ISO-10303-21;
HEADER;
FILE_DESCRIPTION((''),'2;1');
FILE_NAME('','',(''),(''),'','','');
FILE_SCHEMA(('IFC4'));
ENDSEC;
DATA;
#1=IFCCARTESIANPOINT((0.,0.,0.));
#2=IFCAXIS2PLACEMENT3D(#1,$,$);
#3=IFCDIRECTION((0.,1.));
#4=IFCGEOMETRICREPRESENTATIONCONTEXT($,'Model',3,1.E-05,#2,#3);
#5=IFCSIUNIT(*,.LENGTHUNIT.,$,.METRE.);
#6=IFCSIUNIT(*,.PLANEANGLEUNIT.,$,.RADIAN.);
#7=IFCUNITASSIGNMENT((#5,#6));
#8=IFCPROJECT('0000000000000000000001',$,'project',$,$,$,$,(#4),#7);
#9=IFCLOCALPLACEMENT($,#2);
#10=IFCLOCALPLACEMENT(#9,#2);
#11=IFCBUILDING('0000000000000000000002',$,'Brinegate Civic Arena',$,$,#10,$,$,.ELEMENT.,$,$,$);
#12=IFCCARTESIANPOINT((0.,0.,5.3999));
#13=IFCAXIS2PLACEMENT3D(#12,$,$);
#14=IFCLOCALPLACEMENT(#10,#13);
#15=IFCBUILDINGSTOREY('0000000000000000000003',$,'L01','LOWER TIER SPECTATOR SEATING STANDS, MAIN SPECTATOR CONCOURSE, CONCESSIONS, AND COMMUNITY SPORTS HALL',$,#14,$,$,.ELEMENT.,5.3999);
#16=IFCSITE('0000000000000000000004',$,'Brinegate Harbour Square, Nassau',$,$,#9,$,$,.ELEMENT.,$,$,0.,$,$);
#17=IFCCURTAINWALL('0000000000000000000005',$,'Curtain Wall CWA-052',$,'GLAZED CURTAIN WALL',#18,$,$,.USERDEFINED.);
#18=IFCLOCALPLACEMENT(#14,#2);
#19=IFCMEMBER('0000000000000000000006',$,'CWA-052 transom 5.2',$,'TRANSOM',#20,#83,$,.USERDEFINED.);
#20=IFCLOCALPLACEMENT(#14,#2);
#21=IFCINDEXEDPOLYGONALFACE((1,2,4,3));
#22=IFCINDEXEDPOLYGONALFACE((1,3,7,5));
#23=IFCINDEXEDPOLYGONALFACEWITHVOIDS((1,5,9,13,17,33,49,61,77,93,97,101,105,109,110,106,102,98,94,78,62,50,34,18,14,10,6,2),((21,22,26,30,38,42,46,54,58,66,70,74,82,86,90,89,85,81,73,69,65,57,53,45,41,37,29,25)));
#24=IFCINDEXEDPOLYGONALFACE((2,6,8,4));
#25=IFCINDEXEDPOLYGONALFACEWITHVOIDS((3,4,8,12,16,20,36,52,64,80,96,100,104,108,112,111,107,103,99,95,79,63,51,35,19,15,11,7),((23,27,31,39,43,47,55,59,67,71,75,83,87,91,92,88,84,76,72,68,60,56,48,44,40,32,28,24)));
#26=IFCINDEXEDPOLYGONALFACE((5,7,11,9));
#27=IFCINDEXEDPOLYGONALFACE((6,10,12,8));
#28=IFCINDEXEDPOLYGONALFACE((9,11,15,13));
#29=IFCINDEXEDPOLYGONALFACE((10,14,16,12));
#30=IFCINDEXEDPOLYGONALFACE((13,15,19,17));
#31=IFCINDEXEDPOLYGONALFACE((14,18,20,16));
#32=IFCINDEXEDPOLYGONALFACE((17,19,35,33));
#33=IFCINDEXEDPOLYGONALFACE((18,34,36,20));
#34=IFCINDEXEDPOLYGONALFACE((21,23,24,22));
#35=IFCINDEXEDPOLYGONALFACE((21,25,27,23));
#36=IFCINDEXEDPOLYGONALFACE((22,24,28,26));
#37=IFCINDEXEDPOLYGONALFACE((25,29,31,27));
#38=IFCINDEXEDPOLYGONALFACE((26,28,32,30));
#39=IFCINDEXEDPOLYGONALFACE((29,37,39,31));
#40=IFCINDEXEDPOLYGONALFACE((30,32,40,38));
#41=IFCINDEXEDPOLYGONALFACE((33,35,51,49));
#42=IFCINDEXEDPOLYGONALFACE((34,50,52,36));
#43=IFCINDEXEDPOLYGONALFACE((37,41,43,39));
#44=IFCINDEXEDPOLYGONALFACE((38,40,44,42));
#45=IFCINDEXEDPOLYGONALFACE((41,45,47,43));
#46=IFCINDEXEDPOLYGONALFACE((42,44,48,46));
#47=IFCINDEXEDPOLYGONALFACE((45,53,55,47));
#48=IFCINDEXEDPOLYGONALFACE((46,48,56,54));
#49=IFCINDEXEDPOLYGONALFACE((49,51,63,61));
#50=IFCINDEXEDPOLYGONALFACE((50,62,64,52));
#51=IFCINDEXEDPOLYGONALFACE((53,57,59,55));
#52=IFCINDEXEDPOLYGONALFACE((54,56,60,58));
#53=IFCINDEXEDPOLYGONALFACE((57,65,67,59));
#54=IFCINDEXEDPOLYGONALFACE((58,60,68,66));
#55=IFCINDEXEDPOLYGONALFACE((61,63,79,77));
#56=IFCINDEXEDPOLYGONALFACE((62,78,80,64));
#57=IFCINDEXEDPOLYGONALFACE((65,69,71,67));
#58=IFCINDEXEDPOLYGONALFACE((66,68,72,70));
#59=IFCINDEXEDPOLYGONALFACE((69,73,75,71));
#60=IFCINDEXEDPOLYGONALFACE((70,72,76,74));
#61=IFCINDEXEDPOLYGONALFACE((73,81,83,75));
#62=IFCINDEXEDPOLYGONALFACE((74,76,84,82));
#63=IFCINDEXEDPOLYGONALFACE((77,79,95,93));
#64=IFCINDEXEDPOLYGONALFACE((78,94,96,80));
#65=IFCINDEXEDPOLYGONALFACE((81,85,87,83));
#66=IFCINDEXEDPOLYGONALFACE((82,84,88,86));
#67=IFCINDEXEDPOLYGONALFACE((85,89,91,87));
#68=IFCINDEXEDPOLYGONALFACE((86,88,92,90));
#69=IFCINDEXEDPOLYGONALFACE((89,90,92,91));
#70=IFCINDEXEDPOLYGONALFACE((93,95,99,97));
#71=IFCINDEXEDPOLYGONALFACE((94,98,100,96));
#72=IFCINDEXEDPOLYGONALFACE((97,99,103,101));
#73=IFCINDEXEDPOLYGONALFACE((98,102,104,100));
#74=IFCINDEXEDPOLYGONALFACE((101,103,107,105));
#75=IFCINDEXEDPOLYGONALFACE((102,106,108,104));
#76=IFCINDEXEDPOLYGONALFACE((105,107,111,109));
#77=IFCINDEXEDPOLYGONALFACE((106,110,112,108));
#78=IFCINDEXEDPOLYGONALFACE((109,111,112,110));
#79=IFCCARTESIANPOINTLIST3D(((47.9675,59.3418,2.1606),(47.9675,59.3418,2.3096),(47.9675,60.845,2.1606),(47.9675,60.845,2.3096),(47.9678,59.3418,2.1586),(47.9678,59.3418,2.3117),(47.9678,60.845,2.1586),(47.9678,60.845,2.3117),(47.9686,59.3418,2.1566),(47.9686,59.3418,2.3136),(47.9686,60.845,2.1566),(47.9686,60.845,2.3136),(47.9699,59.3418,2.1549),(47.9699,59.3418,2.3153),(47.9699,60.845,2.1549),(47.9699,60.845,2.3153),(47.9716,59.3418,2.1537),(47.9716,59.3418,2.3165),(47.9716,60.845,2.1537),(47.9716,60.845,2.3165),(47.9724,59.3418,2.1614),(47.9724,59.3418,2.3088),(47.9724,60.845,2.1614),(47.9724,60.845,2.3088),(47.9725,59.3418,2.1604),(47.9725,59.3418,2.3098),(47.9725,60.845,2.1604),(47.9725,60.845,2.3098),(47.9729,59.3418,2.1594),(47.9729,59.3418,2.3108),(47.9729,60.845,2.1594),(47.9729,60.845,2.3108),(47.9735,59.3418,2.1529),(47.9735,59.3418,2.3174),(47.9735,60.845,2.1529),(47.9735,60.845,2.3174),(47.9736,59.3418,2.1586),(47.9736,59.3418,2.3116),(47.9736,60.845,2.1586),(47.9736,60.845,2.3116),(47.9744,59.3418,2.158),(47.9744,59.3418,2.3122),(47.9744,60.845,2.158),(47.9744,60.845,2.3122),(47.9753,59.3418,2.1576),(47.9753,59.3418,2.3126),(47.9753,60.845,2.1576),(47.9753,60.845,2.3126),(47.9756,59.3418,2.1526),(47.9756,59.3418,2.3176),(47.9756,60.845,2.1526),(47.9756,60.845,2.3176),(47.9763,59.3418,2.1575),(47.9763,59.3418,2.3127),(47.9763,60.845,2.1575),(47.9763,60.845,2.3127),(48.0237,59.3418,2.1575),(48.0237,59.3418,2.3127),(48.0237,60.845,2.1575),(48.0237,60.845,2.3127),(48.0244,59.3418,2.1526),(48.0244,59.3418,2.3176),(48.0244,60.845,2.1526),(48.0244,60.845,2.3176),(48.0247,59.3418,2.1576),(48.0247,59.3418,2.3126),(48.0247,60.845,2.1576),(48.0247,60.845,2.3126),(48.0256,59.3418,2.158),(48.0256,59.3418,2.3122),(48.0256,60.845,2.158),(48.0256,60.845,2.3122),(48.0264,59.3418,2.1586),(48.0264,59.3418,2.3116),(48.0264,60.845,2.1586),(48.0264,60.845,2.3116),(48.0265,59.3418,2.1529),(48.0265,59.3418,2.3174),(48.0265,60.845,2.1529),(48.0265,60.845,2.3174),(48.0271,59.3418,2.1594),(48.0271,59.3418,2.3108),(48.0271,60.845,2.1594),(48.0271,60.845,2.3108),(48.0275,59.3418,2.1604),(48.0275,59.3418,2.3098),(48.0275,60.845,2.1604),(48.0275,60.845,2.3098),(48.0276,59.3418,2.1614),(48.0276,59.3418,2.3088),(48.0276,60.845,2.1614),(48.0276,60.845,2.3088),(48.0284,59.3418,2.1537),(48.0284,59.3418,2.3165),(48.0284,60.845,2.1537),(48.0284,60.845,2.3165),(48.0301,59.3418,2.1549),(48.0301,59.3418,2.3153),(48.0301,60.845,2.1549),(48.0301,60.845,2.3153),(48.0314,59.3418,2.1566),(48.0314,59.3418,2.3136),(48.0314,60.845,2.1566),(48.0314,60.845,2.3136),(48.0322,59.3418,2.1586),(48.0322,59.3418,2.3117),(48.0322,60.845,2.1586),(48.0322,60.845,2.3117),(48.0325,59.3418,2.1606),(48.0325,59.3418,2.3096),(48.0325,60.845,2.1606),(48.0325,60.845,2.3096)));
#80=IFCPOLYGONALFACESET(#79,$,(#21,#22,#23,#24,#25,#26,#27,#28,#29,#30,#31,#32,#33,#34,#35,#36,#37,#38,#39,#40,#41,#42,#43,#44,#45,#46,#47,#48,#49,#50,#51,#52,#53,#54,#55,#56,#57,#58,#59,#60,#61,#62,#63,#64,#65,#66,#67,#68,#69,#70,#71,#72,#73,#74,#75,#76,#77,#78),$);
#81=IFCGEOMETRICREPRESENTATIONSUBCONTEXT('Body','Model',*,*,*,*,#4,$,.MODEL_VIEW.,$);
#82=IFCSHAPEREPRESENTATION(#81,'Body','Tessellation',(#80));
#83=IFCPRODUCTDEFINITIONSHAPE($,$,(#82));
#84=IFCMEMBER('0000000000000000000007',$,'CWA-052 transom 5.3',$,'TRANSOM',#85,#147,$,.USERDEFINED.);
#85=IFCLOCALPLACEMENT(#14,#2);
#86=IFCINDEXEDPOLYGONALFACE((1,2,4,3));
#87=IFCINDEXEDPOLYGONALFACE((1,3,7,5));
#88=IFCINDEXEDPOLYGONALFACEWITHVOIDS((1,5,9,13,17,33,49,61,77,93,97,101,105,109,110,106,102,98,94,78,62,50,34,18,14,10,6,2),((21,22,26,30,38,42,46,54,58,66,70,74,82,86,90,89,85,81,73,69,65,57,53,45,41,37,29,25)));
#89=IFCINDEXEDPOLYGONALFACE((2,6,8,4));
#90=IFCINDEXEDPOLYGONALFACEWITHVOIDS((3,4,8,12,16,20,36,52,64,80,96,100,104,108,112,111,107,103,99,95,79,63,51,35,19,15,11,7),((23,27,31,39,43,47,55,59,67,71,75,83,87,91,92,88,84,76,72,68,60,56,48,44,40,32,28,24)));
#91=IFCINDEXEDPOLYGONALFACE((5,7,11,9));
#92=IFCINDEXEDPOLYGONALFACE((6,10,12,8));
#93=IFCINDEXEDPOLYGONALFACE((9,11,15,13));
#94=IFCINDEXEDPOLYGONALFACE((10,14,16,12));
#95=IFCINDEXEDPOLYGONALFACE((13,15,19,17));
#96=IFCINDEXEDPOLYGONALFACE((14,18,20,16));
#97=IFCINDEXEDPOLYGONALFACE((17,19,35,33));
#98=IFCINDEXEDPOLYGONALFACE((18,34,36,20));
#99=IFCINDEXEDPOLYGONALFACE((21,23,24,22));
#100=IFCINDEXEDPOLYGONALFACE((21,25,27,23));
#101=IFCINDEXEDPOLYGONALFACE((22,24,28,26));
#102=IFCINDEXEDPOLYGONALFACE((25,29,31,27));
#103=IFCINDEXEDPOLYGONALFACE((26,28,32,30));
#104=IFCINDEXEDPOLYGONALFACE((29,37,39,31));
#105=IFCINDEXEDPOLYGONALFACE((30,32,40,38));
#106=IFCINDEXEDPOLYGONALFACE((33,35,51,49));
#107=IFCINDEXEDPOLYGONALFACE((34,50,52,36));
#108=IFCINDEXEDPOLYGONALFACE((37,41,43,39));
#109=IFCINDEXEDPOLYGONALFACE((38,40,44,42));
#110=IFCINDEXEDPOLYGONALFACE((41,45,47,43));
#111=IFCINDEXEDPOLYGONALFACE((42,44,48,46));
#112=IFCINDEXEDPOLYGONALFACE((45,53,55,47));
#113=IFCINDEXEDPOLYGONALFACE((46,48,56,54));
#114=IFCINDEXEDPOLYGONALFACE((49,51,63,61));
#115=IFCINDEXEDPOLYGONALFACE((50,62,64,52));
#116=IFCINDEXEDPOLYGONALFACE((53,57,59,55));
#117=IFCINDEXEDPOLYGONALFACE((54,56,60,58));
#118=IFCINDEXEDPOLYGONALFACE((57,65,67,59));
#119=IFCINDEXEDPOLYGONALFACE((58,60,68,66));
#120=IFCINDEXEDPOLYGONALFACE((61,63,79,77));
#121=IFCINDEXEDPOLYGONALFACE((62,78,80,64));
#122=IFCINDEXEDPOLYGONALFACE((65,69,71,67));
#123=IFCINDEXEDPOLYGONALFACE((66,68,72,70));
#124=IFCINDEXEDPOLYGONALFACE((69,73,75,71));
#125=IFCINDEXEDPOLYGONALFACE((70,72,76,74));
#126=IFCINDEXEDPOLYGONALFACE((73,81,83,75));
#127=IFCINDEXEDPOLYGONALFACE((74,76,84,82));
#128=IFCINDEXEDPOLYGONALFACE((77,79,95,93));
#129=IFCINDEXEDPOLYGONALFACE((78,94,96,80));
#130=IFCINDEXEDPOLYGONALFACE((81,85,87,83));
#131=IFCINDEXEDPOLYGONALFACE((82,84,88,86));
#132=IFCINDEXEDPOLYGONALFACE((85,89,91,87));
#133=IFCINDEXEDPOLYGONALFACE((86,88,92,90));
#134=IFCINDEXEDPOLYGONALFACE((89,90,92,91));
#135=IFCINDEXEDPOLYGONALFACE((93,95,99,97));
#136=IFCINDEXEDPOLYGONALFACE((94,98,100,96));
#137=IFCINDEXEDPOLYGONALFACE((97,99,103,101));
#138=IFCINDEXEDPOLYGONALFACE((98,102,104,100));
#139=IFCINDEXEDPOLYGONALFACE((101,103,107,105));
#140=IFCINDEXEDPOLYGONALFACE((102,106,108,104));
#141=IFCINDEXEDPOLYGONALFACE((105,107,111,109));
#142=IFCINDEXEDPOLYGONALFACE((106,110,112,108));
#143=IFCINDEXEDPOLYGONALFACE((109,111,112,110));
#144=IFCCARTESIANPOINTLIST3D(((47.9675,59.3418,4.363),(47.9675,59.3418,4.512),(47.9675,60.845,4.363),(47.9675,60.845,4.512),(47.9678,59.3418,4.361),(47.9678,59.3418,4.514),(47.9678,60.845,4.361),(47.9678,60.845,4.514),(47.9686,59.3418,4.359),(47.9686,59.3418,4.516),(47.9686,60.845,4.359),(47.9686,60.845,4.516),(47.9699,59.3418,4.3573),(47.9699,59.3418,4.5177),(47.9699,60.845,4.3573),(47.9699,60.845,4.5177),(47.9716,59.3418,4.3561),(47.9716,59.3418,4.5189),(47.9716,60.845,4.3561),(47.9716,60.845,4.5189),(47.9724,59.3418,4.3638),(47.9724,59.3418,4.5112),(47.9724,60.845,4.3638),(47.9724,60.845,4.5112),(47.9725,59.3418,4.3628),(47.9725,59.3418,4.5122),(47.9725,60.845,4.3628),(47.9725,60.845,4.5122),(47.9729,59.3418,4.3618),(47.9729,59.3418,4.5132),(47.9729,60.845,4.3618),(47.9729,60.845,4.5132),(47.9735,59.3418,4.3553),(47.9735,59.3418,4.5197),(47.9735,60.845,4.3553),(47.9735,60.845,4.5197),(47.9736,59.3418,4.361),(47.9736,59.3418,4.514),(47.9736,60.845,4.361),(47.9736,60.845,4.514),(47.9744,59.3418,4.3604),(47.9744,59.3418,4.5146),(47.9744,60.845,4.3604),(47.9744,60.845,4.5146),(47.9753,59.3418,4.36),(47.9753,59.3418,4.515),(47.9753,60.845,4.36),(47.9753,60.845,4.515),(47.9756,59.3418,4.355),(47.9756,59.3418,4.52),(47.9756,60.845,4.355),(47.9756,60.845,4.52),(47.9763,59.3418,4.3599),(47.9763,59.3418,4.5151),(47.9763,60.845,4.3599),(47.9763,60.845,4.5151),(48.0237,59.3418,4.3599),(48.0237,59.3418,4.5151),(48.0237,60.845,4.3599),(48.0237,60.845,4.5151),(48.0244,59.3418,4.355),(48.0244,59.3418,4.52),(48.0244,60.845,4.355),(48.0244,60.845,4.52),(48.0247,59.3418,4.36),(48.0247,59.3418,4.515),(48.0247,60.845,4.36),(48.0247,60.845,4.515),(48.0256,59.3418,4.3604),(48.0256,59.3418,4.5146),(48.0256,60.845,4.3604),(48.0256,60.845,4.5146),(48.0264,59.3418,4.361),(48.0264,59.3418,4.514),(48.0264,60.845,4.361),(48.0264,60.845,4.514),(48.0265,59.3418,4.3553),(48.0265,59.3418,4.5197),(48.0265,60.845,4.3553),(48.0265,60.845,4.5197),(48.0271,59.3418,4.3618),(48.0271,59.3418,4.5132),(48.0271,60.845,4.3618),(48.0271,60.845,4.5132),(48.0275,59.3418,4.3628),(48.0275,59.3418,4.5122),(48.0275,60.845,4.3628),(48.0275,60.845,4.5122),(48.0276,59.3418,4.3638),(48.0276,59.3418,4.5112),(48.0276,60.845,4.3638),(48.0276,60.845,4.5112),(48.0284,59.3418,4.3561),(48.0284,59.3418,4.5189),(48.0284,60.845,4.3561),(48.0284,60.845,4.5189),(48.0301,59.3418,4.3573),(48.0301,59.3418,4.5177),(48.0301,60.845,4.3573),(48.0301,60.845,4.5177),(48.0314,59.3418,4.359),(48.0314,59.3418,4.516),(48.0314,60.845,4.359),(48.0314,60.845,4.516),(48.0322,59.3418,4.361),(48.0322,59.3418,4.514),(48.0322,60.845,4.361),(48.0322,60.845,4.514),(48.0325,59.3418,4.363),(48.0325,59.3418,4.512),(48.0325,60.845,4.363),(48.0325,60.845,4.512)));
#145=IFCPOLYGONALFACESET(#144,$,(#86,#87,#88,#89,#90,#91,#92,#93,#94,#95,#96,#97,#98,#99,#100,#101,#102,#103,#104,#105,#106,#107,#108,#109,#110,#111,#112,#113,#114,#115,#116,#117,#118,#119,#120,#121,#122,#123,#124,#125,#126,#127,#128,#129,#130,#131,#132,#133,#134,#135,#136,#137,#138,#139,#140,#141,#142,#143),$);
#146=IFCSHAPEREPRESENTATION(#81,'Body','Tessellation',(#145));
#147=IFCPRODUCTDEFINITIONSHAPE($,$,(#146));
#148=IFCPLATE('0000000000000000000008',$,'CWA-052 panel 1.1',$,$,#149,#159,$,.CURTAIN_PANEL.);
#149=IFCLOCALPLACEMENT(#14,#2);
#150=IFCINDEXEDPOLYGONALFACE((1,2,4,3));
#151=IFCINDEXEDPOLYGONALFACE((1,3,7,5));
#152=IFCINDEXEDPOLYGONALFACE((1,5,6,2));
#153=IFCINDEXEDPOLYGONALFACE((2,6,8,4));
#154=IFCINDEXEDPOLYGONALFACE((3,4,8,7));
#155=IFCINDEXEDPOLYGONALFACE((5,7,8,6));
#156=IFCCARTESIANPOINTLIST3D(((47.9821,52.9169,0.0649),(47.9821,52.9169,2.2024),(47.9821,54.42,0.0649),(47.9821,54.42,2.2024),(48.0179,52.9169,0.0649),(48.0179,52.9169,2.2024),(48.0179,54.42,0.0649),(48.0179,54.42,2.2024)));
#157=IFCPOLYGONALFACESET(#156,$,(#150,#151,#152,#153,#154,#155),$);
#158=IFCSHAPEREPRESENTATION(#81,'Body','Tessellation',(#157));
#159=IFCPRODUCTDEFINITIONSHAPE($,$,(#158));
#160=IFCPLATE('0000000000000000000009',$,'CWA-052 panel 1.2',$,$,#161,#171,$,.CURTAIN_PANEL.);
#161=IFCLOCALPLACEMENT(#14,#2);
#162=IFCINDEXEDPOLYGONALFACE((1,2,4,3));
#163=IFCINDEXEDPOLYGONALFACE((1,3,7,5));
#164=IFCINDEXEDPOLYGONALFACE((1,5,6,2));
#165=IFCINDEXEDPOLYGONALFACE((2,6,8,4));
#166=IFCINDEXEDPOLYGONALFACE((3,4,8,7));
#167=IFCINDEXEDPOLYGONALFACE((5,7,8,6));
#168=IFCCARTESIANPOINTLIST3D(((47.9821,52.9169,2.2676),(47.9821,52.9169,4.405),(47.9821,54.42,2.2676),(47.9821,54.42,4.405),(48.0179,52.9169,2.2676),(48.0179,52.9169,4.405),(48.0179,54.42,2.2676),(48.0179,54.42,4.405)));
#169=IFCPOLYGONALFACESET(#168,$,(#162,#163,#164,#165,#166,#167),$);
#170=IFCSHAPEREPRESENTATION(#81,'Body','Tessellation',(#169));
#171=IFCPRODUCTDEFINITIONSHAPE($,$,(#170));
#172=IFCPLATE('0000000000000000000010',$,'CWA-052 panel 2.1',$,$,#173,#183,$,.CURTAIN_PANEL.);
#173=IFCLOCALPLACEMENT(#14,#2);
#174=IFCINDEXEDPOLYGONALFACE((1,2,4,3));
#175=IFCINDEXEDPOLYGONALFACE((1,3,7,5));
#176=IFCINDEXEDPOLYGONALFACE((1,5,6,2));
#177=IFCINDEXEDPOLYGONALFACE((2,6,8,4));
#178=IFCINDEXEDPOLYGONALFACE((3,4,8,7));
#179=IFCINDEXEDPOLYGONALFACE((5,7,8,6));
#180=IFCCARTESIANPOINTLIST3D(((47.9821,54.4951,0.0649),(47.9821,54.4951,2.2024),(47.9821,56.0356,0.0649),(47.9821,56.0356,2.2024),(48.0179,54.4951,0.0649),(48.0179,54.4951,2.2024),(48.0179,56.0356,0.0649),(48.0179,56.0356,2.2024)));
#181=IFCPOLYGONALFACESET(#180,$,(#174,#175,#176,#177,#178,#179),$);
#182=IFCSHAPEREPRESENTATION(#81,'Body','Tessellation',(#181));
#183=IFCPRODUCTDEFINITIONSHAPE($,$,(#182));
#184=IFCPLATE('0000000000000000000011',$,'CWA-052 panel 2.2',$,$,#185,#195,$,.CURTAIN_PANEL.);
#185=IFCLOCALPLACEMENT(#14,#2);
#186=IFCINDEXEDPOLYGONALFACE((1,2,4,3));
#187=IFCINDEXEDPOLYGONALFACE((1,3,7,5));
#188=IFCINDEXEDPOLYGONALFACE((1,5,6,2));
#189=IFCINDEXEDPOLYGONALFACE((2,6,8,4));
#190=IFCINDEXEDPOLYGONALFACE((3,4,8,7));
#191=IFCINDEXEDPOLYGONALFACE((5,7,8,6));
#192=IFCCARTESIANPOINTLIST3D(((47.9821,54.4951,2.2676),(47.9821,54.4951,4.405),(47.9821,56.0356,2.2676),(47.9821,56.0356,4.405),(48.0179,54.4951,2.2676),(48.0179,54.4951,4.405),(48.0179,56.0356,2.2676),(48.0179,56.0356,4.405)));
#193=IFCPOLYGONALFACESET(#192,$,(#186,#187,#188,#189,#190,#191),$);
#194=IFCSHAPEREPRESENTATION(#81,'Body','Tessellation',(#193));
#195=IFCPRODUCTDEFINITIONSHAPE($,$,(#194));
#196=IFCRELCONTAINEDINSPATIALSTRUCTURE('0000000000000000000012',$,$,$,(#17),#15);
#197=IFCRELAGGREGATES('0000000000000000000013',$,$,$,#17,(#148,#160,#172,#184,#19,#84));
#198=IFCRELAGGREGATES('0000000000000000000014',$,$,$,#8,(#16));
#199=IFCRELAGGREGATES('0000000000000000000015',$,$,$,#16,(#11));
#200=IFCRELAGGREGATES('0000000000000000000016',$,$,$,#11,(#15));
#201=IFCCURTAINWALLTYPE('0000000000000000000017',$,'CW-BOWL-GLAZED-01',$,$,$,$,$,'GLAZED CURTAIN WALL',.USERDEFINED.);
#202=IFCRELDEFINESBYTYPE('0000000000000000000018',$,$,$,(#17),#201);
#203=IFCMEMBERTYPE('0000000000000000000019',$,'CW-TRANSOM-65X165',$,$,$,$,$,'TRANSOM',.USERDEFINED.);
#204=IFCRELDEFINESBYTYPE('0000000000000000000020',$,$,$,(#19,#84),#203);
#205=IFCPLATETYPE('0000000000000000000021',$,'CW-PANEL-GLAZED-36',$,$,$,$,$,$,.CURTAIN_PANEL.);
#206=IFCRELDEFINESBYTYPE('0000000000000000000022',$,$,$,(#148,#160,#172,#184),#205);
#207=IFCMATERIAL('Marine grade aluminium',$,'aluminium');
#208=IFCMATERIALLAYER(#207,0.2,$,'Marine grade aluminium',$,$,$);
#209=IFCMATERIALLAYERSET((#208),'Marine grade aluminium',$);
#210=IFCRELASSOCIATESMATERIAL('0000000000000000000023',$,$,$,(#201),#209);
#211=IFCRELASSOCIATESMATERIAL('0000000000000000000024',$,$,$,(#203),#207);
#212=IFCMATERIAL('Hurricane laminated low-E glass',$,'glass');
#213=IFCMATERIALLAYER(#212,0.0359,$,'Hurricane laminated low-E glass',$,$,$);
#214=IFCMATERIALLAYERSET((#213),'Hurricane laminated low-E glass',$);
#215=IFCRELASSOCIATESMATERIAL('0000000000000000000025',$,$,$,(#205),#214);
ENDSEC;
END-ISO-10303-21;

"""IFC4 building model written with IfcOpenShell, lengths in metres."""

from ifc_helpers import new_model, si_unit, direction, frame, origin, origin_2d, place, context, subcontext, project, spatial, rectangle, hollow_rectangle, extrude, material, layer, layer_set, material_profile, profile_set, type_object, element, aggregate, save


model = new_model("IFC4")

# Units and contexts
model_context = context("Model", 3, precision=1e-05, world=origin(), true_north=direction((0.0, 1.0)))
body_context = subcontext(model_context, "Body", "Model", "MODEL_VIEW")
ifc_project = project(units=[si_unit("LENGTHUNIT", "METRE"), si_unit("PLANEANGLEUNIT", "RADIAN")], contexts=[model_context])

# Site, building, storey
site_placement = place(None, origin())
site = spatial("IfcSite", under=ifc_project, at=site_placement, Name="Brinegate Harbour Square, Nassau", CompositionType="ELEMENT", RefElevation=0.0)
building_placement = place(site_placement, origin())
building = spatial("IfcBuilding", under=site, at=building_placement, Name="Brinegate Civic Arena", CompositionType="ELEMENT")
storey_placement = place(building_placement, frame((0.0, 0.0, 5.3999)))
storey = spatial("IfcBuildingStorey", under=building, at=storey_placement, Name="L01", Description="LOWER TIER SPECTATOR SEATING STANDS, MAIN SPECTATOR CONCOURSE, CONCESSIONS, AND COMMUNITY SPORTS HALL", CompositionType="ELEMENT", Elevation=5.3999)

# Curtain wall, members, plates
ifc_material_1 = material(Name="Marine grade aluminium", Category="aluminium")
ifc_layer_1 = layer(ifc_material_1, 0.2, Name="Marine grade aluminium")
ifc_layer_set_1 = layer_set([ifc_layer_1], Name="Marine grade aluminium")
curtain_wall_type = type_object("IfcCurtainWallType", Name="CW-BOWL-GLAZED-01", ElementType="GLAZED CURTAIN WALL", PredefinedType="USERDEFINED", material=ifc_layer_set_1)
curtain_wall_placement = place(storey_placement, origin())
curtain_wall = element("IfcCurtainWall", 1, at=curtain_wall_placement, inside=storey, type_object=curtain_wall_type, Name="Curtain Wall CWA-052", ObjectType="GLAZED CURTAIN WALL", PredefinedType="USERDEFINED")
ifc_material_profile_1 = material_profile(ifc_material_1, hollow_rectangle(XDim=0.0649, YDim=0.165, WallThickness=0.0049, InnerFilletRadius=0.0039, OuterFilletRadius=0.0081, at=origin_2d()), Name="TRN65X165")
ifc_profile_set_1 = profile_set([ifc_material_profile_1], Name="Marine grade aluminium")
member_type_1 = type_object("IfcMemberType", Name="CW-TRANSOM-65X165", ElementType="TRANSOM", PredefinedType="USERDEFINED", material=ifc_profile_set_1)
member_1_placement = place(storey_placement, frame((48.0, 59.3418, 2.2351), z_axis=(0.0, 1.0, 0.0), x_axis=(-1.0, 0.0, 0.0)))
member_1 = element("IfcMember", 2, at=member_1_placement, type_object=member_type_1, Name="CWA-052 transom 5.2", ObjectType="TRANSOM", PredefinedType="USERDEFINED", context=body_context, shape_type="SweptSolid", body=[
    extrude(hollow_rectangle(XDim=0.0649, YDim=0.165, WallThickness=0.0049, InnerFilletRadius=0.0039, OuterFilletRadius=0.0081, at=origin_2d()), origin(), (0.0, 0.0, 1.0), 1.5032),
])
member_2_placement = place(storey_placement, frame((48.0, 59.3418, 4.4375), z_axis=(0.0, 1.0, 0.0), x_axis=(-1.0, 0.0, 0.0)))
member_2 = element("IfcMember", 3, at=member_2_placement, type_object=member_type_1, Name="CWA-052 transom 5.3", ObjectType="TRANSOM", PredefinedType="USERDEFINED", context=body_context, shape_type="SweptSolid", body=[
    extrude(hollow_rectangle(XDim=0.0649, YDim=0.165, WallThickness=0.0049, InnerFilletRadius=0.0039, OuterFilletRadius=0.0081, at=origin_2d()), origin(), (0.0, 0.0, 1.0), 1.5032),
])
ifc_material_2 = material(Name="Hurricane laminated low-E glass", Category="glass")
ifc_layer_2 = layer(ifc_material_2, 0.0359, Name="Hurricane laminated low-E glass")
ifc_layer_set_2 = layer_set([ifc_layer_2], Name="Hurricane laminated low-E glass")
plate_type = type_object("IfcPlateType", Name="CW-PANEL-GLAZED-36", PredefinedType="CURTAIN_PANEL", material=ifc_layer_set_2)
plate_1_placement = place(storey_placement, frame((48.0, 53.6685, 0.0649), z_axis=(0.0, 0.0, 1.0), x_axis=(0.0, 1.0, 0.0)))
plate_1 = element("IfcPlate", 4, at=plate_1_placement, type_object=plate_type, Name="CWA-052 panel 1.1", PredefinedType="CURTAIN_PANEL", context=body_context, shape_type="SweptSolid", body=[
    extrude(rectangle(XDim=1.5032, YDim=0.0359, at=origin_2d()), origin(), (0.0, 0.0, 1.0), 2.1375),
])
plate_2_placement = place(storey_placement, frame((48.0, 53.6685, 2.2676), z_axis=(0.0, 0.0, 1.0), x_axis=(0.0, 1.0, 0.0)))
plate_2 = element("IfcPlate", 5, at=plate_2_placement, type_object=plate_type, Name="CWA-052 panel 1.2", PredefinedType="CURTAIN_PANEL", context=body_context, shape_type="SweptSolid", body=[
    extrude(rectangle(XDim=1.5032, YDim=0.0359, at=origin_2d()), origin(), (0.0, 0.0, 1.0), 2.1375),
])
plate_3_placement = place(storey_placement, frame((48.0, 55.2654, 0.0649), z_axis=(0.0, 0.0, 1.0), x_axis=(0.0, 1.0, 0.0)))
plate_3 = element("IfcPlate", 6, at=plate_3_placement, type_object=plate_type, Name="CWA-052 panel 2.1", PredefinedType="CURTAIN_PANEL", context=body_context, shape_type="SweptSolid", body=[
    extrude(rectangle(XDim=1.5405, YDim=0.0359, at=origin_2d()), origin(), (0.0, 0.0, 1.0), 2.1375),
])
plate_4_placement = place(storey_placement, frame((48.0, 55.2654, 2.2676), z_axis=(0.0, 0.0, 1.0), x_axis=(0.0, 1.0, 0.0)))
plate_4 = element("IfcPlate", 7, at=plate_4_placement, type_object=plate_type, Name="CWA-052 panel 2.2", PredefinedType="CURTAIN_PANEL", context=body_context, shape_type="SweptSolid", body=[
    extrude(rectangle(XDim=1.5405, YDim=0.0359, at=origin_2d()), origin(), (0.0, 0.0, 1.0), 2.1375),
])
aggregate(curtain_wall, [plate_1, plate_2, plate_3, plate_4, member_1, member_2])

save(model, "model.ifc")
